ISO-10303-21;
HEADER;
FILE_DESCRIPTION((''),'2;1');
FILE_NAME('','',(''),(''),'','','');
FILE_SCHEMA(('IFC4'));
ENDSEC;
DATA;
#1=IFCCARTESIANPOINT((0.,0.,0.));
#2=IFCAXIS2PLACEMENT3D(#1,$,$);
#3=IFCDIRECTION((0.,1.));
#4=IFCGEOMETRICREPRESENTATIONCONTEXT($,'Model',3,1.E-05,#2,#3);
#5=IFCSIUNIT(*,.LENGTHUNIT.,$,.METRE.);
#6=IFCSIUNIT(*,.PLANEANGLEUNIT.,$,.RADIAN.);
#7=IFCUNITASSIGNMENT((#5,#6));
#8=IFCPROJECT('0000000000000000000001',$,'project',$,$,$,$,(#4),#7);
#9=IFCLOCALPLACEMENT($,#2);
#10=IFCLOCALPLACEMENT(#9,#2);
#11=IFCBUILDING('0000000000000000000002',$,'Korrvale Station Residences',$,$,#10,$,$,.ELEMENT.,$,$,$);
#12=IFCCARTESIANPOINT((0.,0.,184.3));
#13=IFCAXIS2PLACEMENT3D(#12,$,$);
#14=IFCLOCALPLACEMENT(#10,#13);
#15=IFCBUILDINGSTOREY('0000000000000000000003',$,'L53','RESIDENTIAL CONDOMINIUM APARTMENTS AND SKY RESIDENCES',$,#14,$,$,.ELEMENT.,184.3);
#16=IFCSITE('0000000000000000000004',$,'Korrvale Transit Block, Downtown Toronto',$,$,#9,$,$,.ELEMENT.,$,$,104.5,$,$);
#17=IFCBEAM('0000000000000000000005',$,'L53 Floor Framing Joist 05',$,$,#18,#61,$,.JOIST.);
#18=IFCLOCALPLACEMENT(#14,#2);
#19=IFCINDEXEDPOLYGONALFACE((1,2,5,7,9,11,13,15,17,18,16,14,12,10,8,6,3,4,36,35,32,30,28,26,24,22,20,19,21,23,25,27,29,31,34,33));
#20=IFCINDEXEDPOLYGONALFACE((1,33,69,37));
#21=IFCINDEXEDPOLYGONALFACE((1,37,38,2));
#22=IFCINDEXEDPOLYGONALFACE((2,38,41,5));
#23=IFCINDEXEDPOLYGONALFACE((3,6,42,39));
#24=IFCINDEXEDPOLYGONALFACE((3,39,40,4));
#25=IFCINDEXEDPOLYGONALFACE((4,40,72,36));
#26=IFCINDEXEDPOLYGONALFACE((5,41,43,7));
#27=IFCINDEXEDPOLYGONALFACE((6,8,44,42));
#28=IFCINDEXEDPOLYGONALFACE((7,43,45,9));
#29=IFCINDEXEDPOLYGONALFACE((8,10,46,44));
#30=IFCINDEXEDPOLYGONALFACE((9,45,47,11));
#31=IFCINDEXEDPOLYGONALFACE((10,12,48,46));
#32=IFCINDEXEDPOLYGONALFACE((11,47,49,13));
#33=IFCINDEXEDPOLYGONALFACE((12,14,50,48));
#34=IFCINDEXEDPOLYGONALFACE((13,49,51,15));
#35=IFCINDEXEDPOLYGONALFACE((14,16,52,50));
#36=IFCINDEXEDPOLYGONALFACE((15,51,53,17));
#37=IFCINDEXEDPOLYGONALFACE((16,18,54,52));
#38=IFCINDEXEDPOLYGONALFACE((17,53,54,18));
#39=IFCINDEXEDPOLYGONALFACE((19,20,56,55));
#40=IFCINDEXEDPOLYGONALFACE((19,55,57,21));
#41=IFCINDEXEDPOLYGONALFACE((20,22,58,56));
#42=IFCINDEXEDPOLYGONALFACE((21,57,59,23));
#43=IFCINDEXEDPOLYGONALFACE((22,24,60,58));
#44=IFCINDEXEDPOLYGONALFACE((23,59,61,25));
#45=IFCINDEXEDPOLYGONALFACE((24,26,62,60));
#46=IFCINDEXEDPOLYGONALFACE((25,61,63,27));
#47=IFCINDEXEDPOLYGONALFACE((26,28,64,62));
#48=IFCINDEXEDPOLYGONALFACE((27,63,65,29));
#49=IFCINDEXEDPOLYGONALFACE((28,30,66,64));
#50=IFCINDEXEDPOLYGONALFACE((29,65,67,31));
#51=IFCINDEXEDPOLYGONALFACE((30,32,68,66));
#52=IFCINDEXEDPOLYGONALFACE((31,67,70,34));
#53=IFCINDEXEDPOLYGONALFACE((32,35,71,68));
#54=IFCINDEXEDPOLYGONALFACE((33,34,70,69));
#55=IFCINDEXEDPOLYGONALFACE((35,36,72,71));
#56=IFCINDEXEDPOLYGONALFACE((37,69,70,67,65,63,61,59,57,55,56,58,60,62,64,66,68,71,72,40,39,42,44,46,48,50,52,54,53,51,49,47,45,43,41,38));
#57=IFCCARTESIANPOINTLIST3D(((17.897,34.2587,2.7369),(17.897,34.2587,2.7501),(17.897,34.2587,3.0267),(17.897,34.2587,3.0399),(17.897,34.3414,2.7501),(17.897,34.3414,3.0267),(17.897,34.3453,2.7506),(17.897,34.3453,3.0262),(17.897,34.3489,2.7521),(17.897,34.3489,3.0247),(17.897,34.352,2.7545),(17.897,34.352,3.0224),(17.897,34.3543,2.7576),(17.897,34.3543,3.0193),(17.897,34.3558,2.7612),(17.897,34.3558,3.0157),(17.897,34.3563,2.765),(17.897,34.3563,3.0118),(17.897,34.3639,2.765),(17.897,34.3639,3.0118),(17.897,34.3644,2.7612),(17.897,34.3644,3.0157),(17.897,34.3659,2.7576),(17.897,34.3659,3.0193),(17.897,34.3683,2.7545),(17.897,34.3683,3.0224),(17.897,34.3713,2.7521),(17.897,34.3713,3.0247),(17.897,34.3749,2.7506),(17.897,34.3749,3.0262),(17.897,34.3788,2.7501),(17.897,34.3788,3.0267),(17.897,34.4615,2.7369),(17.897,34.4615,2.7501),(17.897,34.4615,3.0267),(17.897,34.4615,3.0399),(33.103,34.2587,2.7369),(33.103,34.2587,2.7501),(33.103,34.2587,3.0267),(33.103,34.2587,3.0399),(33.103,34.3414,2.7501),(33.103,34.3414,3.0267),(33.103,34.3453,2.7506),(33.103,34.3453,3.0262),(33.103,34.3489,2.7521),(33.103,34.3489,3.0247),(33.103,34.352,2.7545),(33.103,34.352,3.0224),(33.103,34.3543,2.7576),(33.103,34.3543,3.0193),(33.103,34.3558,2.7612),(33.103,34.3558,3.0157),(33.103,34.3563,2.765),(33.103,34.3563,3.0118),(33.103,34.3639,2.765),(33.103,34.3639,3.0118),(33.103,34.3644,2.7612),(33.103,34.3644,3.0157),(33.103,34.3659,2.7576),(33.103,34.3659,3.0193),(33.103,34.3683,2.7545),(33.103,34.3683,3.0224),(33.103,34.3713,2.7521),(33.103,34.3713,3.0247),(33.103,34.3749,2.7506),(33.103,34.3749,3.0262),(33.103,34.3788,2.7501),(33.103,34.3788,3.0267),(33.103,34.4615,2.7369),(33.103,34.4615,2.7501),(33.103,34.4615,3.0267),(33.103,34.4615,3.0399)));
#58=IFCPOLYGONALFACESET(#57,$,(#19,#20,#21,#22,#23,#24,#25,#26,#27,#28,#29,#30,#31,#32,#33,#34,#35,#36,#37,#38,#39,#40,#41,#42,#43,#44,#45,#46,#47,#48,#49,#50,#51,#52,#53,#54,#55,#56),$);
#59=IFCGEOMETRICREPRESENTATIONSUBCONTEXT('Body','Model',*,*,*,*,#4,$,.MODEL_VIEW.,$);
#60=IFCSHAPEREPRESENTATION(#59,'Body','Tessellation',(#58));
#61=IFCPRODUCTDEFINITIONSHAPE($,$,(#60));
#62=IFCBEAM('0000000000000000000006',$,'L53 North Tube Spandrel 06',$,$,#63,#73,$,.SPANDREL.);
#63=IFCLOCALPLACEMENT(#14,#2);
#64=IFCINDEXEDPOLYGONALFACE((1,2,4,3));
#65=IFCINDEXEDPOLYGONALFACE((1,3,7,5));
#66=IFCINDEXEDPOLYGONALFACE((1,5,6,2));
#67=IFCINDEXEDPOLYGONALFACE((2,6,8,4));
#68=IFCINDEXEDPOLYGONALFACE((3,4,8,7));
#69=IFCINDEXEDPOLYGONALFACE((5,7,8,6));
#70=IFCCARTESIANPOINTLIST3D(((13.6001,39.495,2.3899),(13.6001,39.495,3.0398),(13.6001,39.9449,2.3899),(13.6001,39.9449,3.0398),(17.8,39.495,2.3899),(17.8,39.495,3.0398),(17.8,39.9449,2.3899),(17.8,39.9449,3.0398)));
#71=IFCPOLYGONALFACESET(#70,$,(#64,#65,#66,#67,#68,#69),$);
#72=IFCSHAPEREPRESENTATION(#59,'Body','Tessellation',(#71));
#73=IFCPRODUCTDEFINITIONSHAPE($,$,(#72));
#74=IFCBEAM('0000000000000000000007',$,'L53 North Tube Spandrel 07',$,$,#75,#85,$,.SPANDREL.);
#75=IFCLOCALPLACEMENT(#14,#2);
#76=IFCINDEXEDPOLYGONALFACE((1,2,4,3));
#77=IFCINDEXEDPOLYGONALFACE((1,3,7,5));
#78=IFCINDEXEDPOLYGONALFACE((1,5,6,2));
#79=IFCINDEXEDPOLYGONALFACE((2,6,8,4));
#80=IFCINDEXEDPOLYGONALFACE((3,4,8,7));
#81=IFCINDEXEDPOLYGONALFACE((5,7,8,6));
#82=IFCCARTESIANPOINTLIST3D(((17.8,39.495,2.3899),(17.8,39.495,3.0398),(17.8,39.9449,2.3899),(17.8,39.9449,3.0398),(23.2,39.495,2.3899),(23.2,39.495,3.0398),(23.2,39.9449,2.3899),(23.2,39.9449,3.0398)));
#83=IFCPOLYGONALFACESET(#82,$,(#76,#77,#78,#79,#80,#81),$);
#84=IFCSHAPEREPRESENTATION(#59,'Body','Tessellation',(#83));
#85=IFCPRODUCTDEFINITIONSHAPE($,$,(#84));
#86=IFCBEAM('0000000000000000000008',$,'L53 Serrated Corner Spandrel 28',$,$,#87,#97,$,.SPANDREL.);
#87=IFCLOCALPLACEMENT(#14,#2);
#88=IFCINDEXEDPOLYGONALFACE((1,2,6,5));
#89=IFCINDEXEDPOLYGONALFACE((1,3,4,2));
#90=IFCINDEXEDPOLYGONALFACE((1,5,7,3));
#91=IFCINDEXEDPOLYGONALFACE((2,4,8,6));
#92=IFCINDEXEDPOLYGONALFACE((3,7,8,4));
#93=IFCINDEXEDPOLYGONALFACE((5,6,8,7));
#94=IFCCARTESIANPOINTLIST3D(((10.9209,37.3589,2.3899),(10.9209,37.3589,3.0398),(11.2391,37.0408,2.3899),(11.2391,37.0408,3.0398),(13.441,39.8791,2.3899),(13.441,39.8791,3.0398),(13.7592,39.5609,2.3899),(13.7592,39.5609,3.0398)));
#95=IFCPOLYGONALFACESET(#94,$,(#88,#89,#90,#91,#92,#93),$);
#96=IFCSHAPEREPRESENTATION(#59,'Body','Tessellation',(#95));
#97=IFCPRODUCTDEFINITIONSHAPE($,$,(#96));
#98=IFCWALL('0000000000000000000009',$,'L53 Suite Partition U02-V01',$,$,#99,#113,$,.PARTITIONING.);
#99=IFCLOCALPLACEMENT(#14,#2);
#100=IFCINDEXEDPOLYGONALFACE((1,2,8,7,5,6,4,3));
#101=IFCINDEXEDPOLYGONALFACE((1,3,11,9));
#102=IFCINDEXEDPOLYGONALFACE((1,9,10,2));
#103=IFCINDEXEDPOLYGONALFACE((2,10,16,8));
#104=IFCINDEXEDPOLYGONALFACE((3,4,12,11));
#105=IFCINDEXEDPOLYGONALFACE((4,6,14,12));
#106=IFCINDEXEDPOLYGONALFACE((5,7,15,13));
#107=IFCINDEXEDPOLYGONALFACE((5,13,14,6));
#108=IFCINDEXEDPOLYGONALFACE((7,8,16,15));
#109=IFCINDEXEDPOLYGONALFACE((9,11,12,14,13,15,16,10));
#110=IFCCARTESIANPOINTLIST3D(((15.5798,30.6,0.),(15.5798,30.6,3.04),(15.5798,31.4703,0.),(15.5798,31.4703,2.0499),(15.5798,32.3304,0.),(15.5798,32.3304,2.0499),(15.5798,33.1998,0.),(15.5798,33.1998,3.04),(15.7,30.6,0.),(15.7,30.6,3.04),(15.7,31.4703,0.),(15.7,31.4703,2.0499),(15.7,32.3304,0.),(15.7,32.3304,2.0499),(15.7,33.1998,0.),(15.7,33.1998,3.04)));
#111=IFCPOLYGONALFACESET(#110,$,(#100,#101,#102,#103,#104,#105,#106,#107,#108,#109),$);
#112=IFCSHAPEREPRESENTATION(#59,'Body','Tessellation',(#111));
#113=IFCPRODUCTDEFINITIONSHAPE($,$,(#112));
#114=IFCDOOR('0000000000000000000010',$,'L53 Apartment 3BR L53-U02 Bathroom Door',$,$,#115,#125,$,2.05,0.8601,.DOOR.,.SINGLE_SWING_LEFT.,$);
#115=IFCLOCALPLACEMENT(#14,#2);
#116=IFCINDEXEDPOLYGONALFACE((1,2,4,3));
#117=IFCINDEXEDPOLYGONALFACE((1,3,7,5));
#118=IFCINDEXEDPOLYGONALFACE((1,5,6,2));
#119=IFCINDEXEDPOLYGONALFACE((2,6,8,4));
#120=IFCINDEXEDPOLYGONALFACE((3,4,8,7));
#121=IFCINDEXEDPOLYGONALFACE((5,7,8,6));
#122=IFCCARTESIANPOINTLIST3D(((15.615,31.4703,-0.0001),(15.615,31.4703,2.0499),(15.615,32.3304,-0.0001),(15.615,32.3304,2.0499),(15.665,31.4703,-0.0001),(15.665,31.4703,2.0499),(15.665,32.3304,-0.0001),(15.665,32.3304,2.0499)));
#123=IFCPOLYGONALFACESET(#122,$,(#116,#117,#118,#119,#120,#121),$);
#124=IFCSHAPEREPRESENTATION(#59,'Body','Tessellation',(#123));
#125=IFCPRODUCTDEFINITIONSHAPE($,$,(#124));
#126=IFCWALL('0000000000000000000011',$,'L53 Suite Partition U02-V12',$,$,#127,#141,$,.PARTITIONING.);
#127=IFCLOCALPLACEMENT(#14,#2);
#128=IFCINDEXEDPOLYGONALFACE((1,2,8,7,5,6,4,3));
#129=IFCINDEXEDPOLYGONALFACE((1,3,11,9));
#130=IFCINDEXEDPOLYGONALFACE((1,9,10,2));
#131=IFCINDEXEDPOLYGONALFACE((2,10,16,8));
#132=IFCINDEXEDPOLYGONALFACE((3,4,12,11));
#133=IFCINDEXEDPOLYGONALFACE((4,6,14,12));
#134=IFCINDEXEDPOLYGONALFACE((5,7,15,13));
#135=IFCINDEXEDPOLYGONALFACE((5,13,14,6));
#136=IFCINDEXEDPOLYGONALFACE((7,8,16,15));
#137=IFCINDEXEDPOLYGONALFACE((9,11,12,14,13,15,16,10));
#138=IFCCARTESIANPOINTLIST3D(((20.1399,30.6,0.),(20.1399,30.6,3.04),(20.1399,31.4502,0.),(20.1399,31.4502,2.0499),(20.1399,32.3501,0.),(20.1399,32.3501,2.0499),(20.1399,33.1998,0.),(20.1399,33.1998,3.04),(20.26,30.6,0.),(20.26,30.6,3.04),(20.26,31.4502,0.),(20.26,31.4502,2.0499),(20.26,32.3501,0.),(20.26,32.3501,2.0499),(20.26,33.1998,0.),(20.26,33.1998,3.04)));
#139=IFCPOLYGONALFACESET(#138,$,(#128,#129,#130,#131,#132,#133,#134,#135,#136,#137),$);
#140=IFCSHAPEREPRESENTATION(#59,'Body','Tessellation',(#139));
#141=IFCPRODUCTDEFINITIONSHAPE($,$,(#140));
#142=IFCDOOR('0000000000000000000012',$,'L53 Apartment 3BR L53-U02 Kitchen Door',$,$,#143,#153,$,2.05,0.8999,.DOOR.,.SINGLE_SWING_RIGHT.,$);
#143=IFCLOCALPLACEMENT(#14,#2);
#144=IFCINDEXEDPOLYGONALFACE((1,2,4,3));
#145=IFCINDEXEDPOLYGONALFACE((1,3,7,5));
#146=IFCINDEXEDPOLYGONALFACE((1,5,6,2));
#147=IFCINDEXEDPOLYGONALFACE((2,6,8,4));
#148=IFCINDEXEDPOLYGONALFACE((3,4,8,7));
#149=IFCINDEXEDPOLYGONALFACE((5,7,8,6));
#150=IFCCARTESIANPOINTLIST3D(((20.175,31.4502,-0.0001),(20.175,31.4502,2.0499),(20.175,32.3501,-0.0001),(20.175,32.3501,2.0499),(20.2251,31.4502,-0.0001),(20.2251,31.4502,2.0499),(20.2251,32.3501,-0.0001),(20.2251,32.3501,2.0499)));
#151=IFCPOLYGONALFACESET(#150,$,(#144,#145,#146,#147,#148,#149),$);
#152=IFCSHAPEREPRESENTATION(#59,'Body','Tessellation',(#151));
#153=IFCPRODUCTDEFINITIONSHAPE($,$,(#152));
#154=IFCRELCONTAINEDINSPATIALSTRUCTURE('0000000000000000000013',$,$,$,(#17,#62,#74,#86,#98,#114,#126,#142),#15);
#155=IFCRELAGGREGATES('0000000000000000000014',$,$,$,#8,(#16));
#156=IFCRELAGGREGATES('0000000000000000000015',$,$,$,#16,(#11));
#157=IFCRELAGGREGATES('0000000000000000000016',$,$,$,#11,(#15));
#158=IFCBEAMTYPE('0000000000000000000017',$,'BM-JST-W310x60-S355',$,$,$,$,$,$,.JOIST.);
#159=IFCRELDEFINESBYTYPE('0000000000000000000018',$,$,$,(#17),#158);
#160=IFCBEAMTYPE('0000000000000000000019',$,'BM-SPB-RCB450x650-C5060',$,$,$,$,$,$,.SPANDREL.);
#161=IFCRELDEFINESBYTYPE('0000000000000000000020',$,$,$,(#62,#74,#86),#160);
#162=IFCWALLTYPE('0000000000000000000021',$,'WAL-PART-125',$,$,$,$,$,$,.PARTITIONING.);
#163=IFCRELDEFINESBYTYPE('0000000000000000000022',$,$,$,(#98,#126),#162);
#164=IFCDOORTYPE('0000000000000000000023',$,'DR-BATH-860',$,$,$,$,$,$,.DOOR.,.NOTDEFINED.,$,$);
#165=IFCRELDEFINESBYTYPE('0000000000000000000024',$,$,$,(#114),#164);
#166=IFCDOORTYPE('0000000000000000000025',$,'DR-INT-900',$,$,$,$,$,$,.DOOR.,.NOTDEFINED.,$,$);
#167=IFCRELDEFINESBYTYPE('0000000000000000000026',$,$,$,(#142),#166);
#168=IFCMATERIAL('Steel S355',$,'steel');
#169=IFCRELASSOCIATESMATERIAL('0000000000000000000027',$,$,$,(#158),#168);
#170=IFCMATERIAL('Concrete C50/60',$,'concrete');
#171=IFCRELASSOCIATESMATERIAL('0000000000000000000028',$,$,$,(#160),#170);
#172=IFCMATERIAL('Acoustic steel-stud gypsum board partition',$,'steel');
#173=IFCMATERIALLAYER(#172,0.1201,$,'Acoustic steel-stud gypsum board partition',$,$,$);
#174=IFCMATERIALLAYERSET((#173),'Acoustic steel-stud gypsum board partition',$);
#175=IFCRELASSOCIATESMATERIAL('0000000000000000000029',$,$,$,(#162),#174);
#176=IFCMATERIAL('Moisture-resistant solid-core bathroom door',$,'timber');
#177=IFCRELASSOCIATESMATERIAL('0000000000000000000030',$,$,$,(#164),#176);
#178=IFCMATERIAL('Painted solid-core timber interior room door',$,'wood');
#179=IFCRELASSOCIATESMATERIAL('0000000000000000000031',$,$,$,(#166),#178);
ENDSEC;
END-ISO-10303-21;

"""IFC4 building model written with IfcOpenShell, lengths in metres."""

from ifc_helpers import new_model, si_unit, direction, frame, frame_2d, origin, origin_2d, place, context, subcontext, project, spatial, rectangle, i_section, extrude, material, layer, layer_set, material_profile, profile_set, type_object, element, fill, save


model = new_model("IFC4")

# Units and contexts
model_context = context("Model", 3, precision=1e-05, world=origin(), true_north=direction((0.0, 1.0)))
body_context = subcontext(model_context, "Body", "Model", "MODEL_VIEW")
ifc_project = project(units=[si_unit("LENGTHUNIT", "METRE"), si_unit("PLANEANGLEUNIT", "RADIAN")], contexts=[model_context])

# Site, building, storey
site_placement = place(None, origin())
site = spatial("IfcSite", under=ifc_project, at=site_placement, Name="Korrvale Transit Block, Downtown Toronto", CompositionType="ELEMENT", RefElevation=104.5)
building_placement = place(site_placement, origin())
building = spatial("IfcBuilding", under=site, at=building_placement, Name="Korrvale Station Residences", CompositionType="ELEMENT")
storey_placement = place(building_placement, frame((0.0, 0.0, 184.3)))
storey = spatial("IfcBuildingStorey", under=building, at=storey_placement, Name="L53", Description="RESIDENTIAL CONDOMINIUM APARTMENTS AND SKY RESIDENCES", CompositionType="ELEMENT", Elevation=184.3)

# Shared definitions
ifc_material_1 = material(Name="Concrete C50/60", Category="concrete")

# Beams
ifc_material_2 = material(Name="Steel S355", Category="steel")
ifc_material_profile_1 = material_profile(ifc_material_2, i_section(OverallWidth=0.2029, OverallDepth=0.303, WebThickness=0.0076, FlangeThickness=0.0132, FilletRadius=0.0149, at=origin_2d()), Name="W310x60")
ifc_profile_set_1 = profile_set([ifc_material_profile_1], Name="Steel S355")
beam_type_1 = type_object("IfcBeamType", Name="BM-JST-W310x60-S355", PredefinedType="JOIST", material=ifc_profile_set_1)
beam_1_placement = place(storey_placement, frame((17.897, 34.3601, 2.8884), z_axis=(1.0, 0.0, 0.0), x_axis=(0.0, 1.0, 0.0)))
element("IfcBeam", 1, at=beam_1_placement, inside=storey, type_object=beam_type_1, Name="L53 Floor Framing Joist 05", PredefinedType="JOIST", context=body_context, shape_type="SweptSolid", body=[
    extrude(i_section(OverallWidth=0.2029, OverallDepth=0.303, WebThickness=0.0076, FlangeThickness=0.0132, FilletRadius=0.0149, at=origin_2d()), origin(), (0.0, 0.0, 1.0), 15.2061),
])
ifc_material_profile_2 = material_profile(ifc_material_1, rectangle(XDim=0.45, YDim=0.6499, at=origin_2d()), Name="RCB450x650")
ifc_profile_set_2 = profile_set([ifc_material_profile_2], Name="Concrete C50/60")
beam_type_2 = type_object("IfcBeamType", Name="BM-SPB-RCB450x650-C5060", PredefinedType="SPANDREL", material=ifc_profile_set_2)
beam_2_placement = place(storey_placement, frame((13.6001, 39.72, 2.7148), z_axis=(1.0, 0.0, 0.0), x_axis=(0.0, 1.0, 0.0)))
element("IfcBeam", 2, at=beam_2_placement, inside=storey, type_object=beam_type_2, Name="L53 North Tube Spandrel 06", PredefinedType="SPANDREL", context=body_context, shape_type="SweptSolid", body=[
    extrude(rectangle(XDim=0.45, YDim=0.6499, at=origin_2d()), origin(), (0.0, 0.0, 1.0), 4.2),
])
beam_3_placement = place(storey_placement, frame((17.8, 39.72, 2.7148), z_axis=(1.0, 0.0, 0.0), x_axis=(0.0, 1.0, 0.0)))
element("IfcBeam", 3, at=beam_3_placement, inside=storey, type_object=beam_type_2, Name="L53 North Tube Spandrel 07", PredefinedType="SPANDREL", context=body_context, shape_type="SweptSolid", body=[
    extrude(rectangle(XDim=0.45, YDim=0.6499, at=origin_2d()), origin(), (0.0, 0.0, 1.0), 5.3999),
])
beam_4_placement = place(storey_placement, frame((13.6001, 39.72, 2.7148), z_axis=(-0.707107, -0.707107, 0.0), x_axis=(0.707107, -0.707107, 0.0)))
element("IfcBeam", 4, at=beam_4_placement, inside=storey, type_object=beam_type_2, Name="L53 Serrated Corner Spandrel 28", PredefinedType="SPANDREL", context=body_context, shape_type="SweptSolid", body=[
    extrude(rectangle(XDim=0.45, YDim=0.6499, at=origin_2d()), origin(), (0.0, 0.0, 1.0), 3.564),
])

# Walls, openings, doors
ifc_material_3 = material(Name="Acoustic steel-stud gypsum board partition", Category="steel")
ifc_layer_1 = layer(ifc_material_3, 0.1201, Name="Acoustic steel-stud gypsum board partition")
ifc_layer_set_1 = layer_set([ifc_layer_1], Name="Acoustic steel-stud gypsum board partition")
wall_type_1 = type_object("IfcWallType", Name="WAL-PART-125", PredefinedType="PARTITIONING", material=ifc_layer_set_1)
wall_1_placement = place(storey_placement, frame((15.6399, 30.6001, 0.0), z_axis=(0.0, 0.0, 1.0), x_axis=(0.0, 1.0, 0.0)))
wall_1 = element("IfcWall", 5, at=wall_1_placement, inside=storey, type_object=wall_type_1, Name="L53 Suite Partition U02-V01", PredefinedType="PARTITIONING", context=body_context, shape_type="SweptSolid", body=[
    extrude(rectangle(XDim=2.5999, YDim=0.1201, at=frame_2d((1.2998, 0.0))), origin(), (0.0, 0.0, 1.0), 3.04),
])
opening_1_placement = place(wall_1_placement, frame((0.8701, 0.0, 0.0)))
opening_1 = element("IfcOpeningElement", 6, at=opening_1_placement, cuts=wall_1, PredefinedType="OPENING", context=body_context, shape_type="SweptSolid", body=[
    extrude(rectangle(XDim=0.8601, YDim=2.05, at=frame_2d((0.4302, 1.0249))), frame((0.0, 0.0701, 0.0), z_axis=(0.0, -1.0, 0.0), x_axis=(1.0, 0.0, 0.0)), (0.0, 0.0, 1.0), 0.1401),
])
ifc_material_4 = material(Name="Moisture-resistant solid-core bathroom door", Category="timber")
door_type_1 = type_object("IfcDoorType", Name="DR-BATH-860", OperationType="NOTDEFINED", PredefinedType="DOOR", material=ifc_material_4)
door_1_placement = place(opening_1_placement, origin())
door_1 = element("IfcDoor", 7, at=door_1_placement, inside=storey, type_object=door_type_1, Name="L53 Apartment 3BR L53-U02 Bathroom Door", OperationType="SINGLE_SWING_LEFT", OverallHeight=2.05, OverallWidth=0.8601, PredefinedType="DOOR", context=body_context, shape_type="SweptSolid", body=[
    extrude(rectangle(XDim=0.8601, YDim=2.05, at=frame_2d((0.4302, 1.0249))), frame((0.0, 0.0249, 0.0), z_axis=(0.0, -1.0, 0.0), x_axis=(1.0, 0.0, 0.0)), (0.0, 0.0, 1.0), 0.05),
])
fill(opening_1, door_1)
wall_2_placement = place(storey_placement, frame((20.2, 30.6001, 0.0), z_axis=(0.0, 0.0, 1.0), x_axis=(0.0, 1.0, 0.0)))
wall_2 = element("IfcWall", 8, at=wall_2_placement, inside=storey, type_object=wall_type_1, Name="L53 Suite Partition U02-V12", PredefinedType="PARTITIONING", context=body_context, shape_type="SweptSolid", body=[
    extrude(rectangle(XDim=2.5999, YDim=0.1201, at=frame_2d((1.2998, 0.0))), origin(), (0.0, 0.0, 1.0), 3.04),
])
opening_2_placement = place(wall_2_placement, frame((0.8501, 0.0, 0.0)))
opening_2 = element("IfcOpeningElement", 9, at=opening_2_placement, cuts=wall_2, PredefinedType="OPENING", context=body_context, shape_type="SweptSolid", body=[
    extrude(rectangle(XDim=0.8999, YDim=2.05, at=frame_2d((0.45, 1.0249))), frame((0.0, 0.0701, 0.0), z_axis=(0.0, -1.0, 0.0), x_axis=(1.0, 0.0, 0.0)), (0.0, 0.0, 1.0), 0.1401),
])
ifc_material_5 = material(Name="Painted solid-core timber interior room door", Category="wood")
door_type_2 = type_object("IfcDoorType", Name="DR-INT-900", OperationType="NOTDEFINED", PredefinedType="DOOR", material=ifc_material_5)
door_2_placement = place(opening_2_placement, origin())
door_2 = element("IfcDoor", 10, at=door_2_placement, inside=storey, type_object=door_type_2, Name="L53 Apartment 3BR L53-U02 Kitchen Door", OperationType="SINGLE_SWING_RIGHT", OverallHeight=2.05, OverallWidth=0.8999, PredefinedType="DOOR", context=body_context, shape_type="SweptSolid", body=[
    extrude(rectangle(XDim=0.8999, YDim=2.05, at=frame_2d((0.45, 1.0249))), frame((0.0, 0.0249, 0.0), z_axis=(0.0, -1.0, 0.0), x_axis=(1.0, 0.0, 0.0)), (0.0, 0.0, 1.0), 0.05),
])
fill(opening_2, door_2)

save(model, "model.ifc")
